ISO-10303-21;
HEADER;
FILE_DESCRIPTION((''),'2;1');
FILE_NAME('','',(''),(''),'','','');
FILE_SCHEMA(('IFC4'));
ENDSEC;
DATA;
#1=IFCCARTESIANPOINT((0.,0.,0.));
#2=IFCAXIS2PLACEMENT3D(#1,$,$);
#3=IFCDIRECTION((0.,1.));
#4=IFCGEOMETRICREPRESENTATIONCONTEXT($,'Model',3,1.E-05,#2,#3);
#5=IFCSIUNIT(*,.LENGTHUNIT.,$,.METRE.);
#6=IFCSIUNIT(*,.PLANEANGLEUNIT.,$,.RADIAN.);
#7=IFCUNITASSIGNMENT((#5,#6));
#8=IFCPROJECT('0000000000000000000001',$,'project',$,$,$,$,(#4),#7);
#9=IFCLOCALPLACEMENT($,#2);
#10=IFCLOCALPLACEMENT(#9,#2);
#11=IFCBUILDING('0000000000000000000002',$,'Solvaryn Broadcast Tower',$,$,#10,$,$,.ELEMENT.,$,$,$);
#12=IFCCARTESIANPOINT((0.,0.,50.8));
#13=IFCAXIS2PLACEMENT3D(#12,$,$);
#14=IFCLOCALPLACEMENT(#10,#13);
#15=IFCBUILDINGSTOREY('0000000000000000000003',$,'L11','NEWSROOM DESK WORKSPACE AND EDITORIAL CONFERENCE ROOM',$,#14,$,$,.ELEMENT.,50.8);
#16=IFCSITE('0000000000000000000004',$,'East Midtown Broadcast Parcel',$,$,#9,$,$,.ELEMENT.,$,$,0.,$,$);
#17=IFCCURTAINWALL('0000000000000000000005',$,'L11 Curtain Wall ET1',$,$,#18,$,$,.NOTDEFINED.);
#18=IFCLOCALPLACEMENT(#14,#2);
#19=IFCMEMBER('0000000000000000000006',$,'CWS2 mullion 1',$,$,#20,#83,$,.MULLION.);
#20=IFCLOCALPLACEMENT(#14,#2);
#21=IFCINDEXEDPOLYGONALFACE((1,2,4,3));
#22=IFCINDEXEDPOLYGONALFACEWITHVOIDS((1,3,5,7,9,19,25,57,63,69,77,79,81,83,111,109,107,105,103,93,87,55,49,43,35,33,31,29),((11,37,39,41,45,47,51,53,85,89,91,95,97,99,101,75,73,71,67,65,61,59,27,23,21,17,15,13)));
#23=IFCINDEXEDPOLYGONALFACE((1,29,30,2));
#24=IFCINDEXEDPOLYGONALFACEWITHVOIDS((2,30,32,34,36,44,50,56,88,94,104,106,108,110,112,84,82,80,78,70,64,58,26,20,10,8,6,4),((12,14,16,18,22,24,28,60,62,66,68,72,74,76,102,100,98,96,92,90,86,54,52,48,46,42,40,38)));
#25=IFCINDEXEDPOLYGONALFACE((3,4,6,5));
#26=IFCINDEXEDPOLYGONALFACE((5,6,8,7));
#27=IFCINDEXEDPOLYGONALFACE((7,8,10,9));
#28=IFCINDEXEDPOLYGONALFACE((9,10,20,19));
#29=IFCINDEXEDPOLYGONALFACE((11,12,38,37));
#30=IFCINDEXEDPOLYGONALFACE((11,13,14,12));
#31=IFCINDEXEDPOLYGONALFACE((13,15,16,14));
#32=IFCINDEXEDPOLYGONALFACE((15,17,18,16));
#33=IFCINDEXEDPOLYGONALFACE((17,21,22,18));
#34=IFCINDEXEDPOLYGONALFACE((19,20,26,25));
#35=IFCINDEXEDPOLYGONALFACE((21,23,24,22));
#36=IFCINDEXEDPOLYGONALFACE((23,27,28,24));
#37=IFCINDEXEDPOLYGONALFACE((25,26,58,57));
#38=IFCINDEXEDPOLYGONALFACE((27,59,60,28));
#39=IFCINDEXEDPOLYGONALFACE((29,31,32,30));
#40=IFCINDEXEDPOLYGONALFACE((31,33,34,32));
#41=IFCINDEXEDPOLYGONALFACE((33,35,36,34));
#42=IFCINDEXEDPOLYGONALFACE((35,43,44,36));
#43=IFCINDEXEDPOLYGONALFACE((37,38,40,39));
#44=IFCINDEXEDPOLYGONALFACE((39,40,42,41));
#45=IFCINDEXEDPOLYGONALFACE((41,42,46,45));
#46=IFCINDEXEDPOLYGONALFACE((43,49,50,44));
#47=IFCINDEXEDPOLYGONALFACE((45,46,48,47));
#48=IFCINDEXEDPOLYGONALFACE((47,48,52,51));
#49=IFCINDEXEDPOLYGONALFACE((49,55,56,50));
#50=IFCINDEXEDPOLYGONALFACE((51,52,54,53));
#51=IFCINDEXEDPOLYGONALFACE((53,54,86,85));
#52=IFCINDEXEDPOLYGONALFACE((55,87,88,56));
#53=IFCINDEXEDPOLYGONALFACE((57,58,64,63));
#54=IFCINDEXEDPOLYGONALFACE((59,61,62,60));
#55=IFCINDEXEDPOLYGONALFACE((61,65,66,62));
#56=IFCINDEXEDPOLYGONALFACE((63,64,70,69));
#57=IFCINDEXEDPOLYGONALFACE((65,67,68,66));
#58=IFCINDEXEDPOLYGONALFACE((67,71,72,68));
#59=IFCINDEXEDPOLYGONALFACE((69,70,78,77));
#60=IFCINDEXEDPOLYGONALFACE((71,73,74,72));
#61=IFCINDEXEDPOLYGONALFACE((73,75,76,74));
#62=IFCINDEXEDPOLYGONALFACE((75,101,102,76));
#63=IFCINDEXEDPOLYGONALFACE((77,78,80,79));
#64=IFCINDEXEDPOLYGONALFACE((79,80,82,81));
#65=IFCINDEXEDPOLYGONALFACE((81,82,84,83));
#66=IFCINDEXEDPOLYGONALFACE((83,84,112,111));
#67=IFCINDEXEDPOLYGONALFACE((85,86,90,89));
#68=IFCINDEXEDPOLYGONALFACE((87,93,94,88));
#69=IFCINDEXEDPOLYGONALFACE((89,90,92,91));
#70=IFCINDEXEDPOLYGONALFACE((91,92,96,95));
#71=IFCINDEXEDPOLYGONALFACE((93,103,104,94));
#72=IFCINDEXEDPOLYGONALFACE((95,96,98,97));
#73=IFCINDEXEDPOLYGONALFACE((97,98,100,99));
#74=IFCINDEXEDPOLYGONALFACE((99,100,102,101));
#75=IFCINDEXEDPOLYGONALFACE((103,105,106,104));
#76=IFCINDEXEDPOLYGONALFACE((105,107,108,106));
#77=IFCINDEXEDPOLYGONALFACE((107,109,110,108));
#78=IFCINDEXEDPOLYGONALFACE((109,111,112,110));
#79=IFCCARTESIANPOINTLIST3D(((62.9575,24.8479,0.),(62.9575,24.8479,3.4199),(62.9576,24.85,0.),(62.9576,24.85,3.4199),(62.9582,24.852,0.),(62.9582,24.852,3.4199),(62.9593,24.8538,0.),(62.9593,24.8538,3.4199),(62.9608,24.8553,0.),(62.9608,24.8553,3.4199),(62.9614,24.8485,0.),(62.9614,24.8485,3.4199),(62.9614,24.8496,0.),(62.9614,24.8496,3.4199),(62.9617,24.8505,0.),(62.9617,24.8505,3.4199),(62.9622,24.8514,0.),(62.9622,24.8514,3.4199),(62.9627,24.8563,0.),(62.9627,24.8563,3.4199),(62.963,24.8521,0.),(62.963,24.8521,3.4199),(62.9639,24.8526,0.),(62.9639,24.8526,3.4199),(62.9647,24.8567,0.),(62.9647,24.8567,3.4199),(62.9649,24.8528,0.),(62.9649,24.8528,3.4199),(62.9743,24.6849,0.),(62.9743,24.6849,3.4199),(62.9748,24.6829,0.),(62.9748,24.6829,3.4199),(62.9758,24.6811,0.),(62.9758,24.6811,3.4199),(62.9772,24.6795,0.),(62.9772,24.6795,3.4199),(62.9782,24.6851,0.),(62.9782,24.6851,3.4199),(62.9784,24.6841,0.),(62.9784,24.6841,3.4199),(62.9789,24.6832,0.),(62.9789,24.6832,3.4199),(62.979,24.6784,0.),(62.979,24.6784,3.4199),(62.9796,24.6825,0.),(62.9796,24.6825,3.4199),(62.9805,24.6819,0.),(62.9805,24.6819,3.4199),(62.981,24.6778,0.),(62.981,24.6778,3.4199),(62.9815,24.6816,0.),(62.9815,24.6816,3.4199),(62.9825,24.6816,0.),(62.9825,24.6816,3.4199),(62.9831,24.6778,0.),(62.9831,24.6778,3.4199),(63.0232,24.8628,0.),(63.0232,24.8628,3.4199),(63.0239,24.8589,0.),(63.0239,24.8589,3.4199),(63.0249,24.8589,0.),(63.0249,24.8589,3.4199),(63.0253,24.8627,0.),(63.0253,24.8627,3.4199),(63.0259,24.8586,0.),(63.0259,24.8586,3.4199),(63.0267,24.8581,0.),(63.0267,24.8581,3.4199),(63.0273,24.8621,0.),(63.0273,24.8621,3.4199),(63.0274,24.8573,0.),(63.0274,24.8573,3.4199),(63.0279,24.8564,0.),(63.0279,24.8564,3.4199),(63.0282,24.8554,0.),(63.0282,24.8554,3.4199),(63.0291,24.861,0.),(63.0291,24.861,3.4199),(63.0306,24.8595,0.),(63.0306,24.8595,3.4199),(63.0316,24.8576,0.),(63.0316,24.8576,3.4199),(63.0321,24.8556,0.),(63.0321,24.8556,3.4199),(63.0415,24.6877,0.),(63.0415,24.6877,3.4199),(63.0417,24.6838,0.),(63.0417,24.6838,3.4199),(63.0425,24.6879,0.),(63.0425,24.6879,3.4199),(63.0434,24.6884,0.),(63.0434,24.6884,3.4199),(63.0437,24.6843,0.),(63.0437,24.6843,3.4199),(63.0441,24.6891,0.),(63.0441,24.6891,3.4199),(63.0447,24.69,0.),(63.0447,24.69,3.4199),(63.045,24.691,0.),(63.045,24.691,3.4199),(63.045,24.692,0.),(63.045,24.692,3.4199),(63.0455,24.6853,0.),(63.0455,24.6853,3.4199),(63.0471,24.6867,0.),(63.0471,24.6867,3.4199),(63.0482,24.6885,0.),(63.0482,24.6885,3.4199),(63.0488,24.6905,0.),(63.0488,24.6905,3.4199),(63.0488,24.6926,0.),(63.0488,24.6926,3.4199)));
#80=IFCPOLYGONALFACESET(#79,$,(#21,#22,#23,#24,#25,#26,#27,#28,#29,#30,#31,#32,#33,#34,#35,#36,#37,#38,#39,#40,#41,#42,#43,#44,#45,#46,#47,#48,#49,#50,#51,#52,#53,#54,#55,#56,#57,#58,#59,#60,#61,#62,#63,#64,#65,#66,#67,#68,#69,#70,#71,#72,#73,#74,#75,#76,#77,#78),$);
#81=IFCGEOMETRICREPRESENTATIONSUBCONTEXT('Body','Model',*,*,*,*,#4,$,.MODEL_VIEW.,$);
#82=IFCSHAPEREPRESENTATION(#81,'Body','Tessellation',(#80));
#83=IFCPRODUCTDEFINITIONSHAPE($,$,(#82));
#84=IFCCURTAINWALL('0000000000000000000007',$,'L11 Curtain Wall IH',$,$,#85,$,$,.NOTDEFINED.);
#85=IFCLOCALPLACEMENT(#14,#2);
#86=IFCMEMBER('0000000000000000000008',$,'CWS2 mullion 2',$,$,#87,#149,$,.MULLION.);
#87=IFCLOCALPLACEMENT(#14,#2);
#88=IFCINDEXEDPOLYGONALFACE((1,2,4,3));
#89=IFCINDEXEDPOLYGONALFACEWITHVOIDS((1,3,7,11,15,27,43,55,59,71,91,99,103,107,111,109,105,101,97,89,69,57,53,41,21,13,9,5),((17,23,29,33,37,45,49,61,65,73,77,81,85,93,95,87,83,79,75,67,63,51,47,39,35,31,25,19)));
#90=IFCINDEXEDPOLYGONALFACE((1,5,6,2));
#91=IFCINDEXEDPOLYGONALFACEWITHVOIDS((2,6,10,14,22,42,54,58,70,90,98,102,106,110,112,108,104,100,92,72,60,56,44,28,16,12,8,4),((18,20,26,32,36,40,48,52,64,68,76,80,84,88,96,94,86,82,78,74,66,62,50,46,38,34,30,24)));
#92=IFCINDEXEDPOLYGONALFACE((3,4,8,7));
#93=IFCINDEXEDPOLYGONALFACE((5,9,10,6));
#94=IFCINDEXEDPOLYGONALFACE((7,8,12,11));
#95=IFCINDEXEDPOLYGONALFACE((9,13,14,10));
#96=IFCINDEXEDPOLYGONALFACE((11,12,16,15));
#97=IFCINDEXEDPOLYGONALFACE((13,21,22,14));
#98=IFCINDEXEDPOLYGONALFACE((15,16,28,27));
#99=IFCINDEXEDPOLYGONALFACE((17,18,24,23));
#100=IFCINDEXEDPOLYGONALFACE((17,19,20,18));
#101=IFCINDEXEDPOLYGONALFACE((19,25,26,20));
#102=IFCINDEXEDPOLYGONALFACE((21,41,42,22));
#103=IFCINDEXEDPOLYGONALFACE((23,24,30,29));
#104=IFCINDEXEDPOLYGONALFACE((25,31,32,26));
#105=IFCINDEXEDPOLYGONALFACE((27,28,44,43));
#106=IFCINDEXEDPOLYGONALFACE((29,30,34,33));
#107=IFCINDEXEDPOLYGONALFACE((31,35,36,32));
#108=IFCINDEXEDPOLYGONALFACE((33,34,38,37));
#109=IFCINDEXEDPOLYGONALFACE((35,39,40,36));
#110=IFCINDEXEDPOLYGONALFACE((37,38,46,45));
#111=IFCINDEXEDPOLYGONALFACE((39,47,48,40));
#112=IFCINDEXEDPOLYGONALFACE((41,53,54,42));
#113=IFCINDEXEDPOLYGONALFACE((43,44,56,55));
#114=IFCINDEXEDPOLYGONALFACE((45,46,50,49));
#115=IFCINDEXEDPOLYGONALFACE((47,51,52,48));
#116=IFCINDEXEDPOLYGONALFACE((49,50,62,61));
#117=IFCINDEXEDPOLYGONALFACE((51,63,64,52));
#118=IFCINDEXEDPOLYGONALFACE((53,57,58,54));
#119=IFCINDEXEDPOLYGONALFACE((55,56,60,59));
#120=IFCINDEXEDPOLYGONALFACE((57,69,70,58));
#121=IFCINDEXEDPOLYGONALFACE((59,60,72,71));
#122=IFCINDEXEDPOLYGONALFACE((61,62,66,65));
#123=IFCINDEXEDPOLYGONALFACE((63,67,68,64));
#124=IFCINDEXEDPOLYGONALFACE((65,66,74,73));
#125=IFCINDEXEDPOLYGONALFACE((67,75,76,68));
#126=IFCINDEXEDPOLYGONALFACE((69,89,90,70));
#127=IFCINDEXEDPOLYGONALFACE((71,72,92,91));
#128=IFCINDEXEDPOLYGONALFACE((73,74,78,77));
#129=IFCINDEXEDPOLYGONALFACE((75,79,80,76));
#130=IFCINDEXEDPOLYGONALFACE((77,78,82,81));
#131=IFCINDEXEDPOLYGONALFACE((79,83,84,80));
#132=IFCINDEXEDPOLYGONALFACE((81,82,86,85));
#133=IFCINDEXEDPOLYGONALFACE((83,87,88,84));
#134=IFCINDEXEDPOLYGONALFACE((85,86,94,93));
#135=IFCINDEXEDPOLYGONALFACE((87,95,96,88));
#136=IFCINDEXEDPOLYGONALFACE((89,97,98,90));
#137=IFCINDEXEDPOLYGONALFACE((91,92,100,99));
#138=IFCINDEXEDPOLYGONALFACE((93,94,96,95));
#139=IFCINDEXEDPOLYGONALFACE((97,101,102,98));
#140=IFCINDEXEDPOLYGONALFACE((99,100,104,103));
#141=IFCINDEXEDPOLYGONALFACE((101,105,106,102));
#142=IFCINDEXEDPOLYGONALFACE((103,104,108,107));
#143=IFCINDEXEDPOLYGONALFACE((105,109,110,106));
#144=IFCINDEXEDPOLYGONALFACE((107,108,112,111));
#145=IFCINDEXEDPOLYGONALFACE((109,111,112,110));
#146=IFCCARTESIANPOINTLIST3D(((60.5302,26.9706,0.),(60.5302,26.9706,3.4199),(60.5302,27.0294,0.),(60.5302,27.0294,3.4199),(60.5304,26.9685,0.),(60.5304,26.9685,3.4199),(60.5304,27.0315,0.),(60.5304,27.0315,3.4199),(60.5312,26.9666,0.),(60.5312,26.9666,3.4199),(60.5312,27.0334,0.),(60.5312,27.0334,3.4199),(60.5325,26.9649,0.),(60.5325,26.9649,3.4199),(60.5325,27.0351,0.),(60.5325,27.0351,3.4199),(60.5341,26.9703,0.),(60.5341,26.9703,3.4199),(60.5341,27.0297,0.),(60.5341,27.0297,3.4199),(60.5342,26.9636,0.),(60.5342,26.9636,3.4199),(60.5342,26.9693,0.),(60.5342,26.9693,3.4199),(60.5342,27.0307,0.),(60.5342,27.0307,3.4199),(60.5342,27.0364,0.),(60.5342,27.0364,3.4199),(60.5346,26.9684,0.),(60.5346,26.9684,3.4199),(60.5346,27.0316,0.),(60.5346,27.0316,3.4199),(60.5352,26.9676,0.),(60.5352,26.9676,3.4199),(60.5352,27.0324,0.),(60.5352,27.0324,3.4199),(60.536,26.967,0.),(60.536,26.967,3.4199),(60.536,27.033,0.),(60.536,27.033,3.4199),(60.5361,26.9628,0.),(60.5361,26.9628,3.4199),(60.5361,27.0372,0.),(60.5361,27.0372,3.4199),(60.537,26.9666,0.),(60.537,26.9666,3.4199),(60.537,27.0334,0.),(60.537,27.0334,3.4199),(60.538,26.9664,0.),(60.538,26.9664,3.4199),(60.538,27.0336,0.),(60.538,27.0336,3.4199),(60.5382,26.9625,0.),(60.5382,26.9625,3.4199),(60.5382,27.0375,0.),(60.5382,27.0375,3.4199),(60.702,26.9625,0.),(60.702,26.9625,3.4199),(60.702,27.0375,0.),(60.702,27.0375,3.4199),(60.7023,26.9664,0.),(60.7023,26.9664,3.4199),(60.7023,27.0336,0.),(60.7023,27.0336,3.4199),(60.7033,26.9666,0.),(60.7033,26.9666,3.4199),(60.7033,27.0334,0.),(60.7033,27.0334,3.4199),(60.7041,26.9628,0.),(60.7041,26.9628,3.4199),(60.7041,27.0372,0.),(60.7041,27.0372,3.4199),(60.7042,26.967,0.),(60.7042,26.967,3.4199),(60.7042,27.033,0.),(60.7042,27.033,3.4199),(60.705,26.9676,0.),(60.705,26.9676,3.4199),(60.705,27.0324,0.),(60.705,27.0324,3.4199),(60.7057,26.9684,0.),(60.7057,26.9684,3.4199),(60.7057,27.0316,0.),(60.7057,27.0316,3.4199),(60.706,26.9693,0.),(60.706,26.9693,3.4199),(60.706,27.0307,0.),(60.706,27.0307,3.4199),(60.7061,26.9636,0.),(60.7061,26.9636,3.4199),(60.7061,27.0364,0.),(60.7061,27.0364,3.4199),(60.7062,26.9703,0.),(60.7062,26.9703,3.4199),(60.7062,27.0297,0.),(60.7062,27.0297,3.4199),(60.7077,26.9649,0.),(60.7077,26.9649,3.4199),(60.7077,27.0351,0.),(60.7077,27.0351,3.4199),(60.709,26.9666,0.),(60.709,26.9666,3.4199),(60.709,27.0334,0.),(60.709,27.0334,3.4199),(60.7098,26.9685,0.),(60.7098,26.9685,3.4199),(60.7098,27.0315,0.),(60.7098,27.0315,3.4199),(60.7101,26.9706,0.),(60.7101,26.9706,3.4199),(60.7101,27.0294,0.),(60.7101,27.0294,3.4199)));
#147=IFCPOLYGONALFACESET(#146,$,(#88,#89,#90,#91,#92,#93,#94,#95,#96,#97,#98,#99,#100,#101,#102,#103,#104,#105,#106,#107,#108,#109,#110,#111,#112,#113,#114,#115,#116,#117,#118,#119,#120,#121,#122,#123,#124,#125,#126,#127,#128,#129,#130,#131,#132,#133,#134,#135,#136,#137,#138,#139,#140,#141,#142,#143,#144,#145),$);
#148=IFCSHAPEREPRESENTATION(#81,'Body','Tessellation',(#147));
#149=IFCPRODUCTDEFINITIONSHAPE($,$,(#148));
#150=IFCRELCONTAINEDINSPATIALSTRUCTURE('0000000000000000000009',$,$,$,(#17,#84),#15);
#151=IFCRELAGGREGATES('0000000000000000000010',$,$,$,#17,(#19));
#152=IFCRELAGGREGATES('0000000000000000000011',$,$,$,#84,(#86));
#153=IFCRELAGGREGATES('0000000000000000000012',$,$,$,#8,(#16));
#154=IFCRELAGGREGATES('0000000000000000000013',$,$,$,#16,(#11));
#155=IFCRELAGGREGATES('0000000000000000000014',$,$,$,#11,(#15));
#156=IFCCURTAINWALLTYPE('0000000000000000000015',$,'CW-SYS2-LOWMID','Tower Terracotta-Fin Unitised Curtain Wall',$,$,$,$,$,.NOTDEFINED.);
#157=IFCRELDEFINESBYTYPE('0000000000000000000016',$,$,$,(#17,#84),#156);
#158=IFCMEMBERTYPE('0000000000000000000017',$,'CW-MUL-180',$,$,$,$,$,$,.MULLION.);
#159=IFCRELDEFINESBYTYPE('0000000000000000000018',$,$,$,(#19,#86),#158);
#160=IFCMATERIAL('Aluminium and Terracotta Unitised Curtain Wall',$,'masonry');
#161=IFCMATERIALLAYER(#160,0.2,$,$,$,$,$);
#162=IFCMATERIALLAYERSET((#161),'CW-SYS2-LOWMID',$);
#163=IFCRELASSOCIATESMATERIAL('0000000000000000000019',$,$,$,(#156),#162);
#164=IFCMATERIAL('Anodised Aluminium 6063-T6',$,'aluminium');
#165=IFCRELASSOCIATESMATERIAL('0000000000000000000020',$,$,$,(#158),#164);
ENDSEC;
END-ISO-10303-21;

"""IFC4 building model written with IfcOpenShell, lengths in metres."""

from ifc_helpers import new_model, si_unit, direction, frame, origin, origin_2d, place, context, subcontext, project, spatial, hollow_rectangle, extrude, material, layer, layer_set, material_profile, profile_set, type_object, element, aggregate, save


model = new_model("IFC4")

# Units and contexts
model_context = context("Model", 3, precision=1e-05, world=origin(), true_north=direction((0.0, 1.0)))
body_context = subcontext(model_context, "Body", "Model", "MODEL_VIEW")
ifc_project = project(units=[si_unit("LENGTHUNIT", "METRE"), si_unit("PLANEANGLEUNIT", "RADIAN")], contexts=[model_context])

# Site, building, storey
site_placement = place(None, origin())
site = spatial("IfcSite", under=ifc_project, at=site_placement, Name="East Midtown Broadcast Parcel", CompositionType="ELEMENT", RefElevation=0.0)
building_placement = place(site_placement, origin())
building = spatial("IfcBuilding", under=site, at=building_placement, Name="Solvaryn Broadcast Tower", CompositionType="ELEMENT")
storey_placement = place(building_placement, frame((0.0, 0.0, 50.8)))
storey = spatial("IfcBuildingStorey", under=building, at=storey_placement, Name="L11", Description="NEWSROOM DESK WORKSPACE AND EDITORIAL CONFERENCE ROOM", CompositionType="ELEMENT", Elevation=50.8)

# Curtain walls, members
ifc_material_1 = material(Name="Aluminium and Terracotta Unitised Curtain Wall", Category="masonry")
ifc_layer_1 = layer(ifc_material_1, 0.2)
ifc_layer_set_1 = layer_set([ifc_layer_1], Name="CW-SYS2-LOWMID")
curtain_wall_type = type_object("IfcCurtainWallType", Name="CW-SYS2-LOWMID", Description="Tower Terracotta-Fin Unitised Curtain Wall", PredefinedType="NOTDEFINED", material=ifc_layer_set_1)
curtain_wall_1_placement = place(storey_placement, origin())
curtain_wall_1 = element("IfcCurtainWall", 1, at=curtain_wall_1_placement, inside=storey, type_object=curtain_wall_type, Name="L11 Curtain Wall ET1", PredefinedType="NOTDEFINED")
ifc_material_2 = material(Name="Anodised Aluminium 6063-T6", Category="aluminium")
ifc_material_profile_1 = material_profile(ifc_material_2, hollow_rectangle(XDim=0.075, YDim=0.1799, WallThickness=0.0039, InnerFilletRadius=0.0039, OuterFilletRadius=0.0081, at=origin_2d()))
ifc_profile_set_1 = profile_set([ifc_material_profile_1], Name="Anodised Aluminium 6063-T6")
member_type_1 = type_object("IfcMemberType", Name="CW-MUL-180", PredefinedType="MULLION", material=ifc_profile_set_1)
member_1_placement = place(storey_placement, frame((63.0032, 24.7703, 0.0), z_axis=(0.0, 0.0, 1.0), x_axis=(0.994743, 0.1024, 0.0)))
member_1 = element("IfcMember", 2, at=member_1_placement, type_object=member_type_1, Name="CWS2 mullion 1", PredefinedType="MULLION", context=body_context, shape_type="SweptSolid", body=[
    extrude(hollow_rectangle(XDim=0.075, YDim=0.1799, WallThickness=0.0039, InnerFilletRadius=0.0039, OuterFilletRadius=0.0081, at=origin_2d()), origin(), (0.0, 0.0, 1.0), 3.4199),
])
curtain_wall_2_placement = place(storey_placement, origin())
curtain_wall_2 = element("IfcCurtainWall", 3, at=curtain_wall_2_placement, inside=storey, type_object=curtain_wall_type, Name="L11 Curtain Wall IH", PredefinedType="NOTDEFINED")
member_2_placement = place(storey_placement, frame((60.6201, 27.0, 0.0), z_axis=(0.0, 0.0, 1.0), x_axis=(0.0, 1.0, 0.0)))
member_2 = element("IfcMember", 4, at=member_2_placement, type_object=member_type_1, Name="CWS2 mullion 2", PredefinedType="MULLION", context=body_context, shape_type="SweptSolid", body=[
    extrude(hollow_rectangle(XDim=0.075, YDim=0.1799, WallThickness=0.0039, InnerFilletRadius=0.0039, OuterFilletRadius=0.0081, at=origin_2d()), origin(), (0.0, 0.0, 1.0), 3.4199),
])

aggregate(curtain_wall_1, [member_1])
aggregate(curtain_wall_2, [member_2])

save(model, "model.ifc")
